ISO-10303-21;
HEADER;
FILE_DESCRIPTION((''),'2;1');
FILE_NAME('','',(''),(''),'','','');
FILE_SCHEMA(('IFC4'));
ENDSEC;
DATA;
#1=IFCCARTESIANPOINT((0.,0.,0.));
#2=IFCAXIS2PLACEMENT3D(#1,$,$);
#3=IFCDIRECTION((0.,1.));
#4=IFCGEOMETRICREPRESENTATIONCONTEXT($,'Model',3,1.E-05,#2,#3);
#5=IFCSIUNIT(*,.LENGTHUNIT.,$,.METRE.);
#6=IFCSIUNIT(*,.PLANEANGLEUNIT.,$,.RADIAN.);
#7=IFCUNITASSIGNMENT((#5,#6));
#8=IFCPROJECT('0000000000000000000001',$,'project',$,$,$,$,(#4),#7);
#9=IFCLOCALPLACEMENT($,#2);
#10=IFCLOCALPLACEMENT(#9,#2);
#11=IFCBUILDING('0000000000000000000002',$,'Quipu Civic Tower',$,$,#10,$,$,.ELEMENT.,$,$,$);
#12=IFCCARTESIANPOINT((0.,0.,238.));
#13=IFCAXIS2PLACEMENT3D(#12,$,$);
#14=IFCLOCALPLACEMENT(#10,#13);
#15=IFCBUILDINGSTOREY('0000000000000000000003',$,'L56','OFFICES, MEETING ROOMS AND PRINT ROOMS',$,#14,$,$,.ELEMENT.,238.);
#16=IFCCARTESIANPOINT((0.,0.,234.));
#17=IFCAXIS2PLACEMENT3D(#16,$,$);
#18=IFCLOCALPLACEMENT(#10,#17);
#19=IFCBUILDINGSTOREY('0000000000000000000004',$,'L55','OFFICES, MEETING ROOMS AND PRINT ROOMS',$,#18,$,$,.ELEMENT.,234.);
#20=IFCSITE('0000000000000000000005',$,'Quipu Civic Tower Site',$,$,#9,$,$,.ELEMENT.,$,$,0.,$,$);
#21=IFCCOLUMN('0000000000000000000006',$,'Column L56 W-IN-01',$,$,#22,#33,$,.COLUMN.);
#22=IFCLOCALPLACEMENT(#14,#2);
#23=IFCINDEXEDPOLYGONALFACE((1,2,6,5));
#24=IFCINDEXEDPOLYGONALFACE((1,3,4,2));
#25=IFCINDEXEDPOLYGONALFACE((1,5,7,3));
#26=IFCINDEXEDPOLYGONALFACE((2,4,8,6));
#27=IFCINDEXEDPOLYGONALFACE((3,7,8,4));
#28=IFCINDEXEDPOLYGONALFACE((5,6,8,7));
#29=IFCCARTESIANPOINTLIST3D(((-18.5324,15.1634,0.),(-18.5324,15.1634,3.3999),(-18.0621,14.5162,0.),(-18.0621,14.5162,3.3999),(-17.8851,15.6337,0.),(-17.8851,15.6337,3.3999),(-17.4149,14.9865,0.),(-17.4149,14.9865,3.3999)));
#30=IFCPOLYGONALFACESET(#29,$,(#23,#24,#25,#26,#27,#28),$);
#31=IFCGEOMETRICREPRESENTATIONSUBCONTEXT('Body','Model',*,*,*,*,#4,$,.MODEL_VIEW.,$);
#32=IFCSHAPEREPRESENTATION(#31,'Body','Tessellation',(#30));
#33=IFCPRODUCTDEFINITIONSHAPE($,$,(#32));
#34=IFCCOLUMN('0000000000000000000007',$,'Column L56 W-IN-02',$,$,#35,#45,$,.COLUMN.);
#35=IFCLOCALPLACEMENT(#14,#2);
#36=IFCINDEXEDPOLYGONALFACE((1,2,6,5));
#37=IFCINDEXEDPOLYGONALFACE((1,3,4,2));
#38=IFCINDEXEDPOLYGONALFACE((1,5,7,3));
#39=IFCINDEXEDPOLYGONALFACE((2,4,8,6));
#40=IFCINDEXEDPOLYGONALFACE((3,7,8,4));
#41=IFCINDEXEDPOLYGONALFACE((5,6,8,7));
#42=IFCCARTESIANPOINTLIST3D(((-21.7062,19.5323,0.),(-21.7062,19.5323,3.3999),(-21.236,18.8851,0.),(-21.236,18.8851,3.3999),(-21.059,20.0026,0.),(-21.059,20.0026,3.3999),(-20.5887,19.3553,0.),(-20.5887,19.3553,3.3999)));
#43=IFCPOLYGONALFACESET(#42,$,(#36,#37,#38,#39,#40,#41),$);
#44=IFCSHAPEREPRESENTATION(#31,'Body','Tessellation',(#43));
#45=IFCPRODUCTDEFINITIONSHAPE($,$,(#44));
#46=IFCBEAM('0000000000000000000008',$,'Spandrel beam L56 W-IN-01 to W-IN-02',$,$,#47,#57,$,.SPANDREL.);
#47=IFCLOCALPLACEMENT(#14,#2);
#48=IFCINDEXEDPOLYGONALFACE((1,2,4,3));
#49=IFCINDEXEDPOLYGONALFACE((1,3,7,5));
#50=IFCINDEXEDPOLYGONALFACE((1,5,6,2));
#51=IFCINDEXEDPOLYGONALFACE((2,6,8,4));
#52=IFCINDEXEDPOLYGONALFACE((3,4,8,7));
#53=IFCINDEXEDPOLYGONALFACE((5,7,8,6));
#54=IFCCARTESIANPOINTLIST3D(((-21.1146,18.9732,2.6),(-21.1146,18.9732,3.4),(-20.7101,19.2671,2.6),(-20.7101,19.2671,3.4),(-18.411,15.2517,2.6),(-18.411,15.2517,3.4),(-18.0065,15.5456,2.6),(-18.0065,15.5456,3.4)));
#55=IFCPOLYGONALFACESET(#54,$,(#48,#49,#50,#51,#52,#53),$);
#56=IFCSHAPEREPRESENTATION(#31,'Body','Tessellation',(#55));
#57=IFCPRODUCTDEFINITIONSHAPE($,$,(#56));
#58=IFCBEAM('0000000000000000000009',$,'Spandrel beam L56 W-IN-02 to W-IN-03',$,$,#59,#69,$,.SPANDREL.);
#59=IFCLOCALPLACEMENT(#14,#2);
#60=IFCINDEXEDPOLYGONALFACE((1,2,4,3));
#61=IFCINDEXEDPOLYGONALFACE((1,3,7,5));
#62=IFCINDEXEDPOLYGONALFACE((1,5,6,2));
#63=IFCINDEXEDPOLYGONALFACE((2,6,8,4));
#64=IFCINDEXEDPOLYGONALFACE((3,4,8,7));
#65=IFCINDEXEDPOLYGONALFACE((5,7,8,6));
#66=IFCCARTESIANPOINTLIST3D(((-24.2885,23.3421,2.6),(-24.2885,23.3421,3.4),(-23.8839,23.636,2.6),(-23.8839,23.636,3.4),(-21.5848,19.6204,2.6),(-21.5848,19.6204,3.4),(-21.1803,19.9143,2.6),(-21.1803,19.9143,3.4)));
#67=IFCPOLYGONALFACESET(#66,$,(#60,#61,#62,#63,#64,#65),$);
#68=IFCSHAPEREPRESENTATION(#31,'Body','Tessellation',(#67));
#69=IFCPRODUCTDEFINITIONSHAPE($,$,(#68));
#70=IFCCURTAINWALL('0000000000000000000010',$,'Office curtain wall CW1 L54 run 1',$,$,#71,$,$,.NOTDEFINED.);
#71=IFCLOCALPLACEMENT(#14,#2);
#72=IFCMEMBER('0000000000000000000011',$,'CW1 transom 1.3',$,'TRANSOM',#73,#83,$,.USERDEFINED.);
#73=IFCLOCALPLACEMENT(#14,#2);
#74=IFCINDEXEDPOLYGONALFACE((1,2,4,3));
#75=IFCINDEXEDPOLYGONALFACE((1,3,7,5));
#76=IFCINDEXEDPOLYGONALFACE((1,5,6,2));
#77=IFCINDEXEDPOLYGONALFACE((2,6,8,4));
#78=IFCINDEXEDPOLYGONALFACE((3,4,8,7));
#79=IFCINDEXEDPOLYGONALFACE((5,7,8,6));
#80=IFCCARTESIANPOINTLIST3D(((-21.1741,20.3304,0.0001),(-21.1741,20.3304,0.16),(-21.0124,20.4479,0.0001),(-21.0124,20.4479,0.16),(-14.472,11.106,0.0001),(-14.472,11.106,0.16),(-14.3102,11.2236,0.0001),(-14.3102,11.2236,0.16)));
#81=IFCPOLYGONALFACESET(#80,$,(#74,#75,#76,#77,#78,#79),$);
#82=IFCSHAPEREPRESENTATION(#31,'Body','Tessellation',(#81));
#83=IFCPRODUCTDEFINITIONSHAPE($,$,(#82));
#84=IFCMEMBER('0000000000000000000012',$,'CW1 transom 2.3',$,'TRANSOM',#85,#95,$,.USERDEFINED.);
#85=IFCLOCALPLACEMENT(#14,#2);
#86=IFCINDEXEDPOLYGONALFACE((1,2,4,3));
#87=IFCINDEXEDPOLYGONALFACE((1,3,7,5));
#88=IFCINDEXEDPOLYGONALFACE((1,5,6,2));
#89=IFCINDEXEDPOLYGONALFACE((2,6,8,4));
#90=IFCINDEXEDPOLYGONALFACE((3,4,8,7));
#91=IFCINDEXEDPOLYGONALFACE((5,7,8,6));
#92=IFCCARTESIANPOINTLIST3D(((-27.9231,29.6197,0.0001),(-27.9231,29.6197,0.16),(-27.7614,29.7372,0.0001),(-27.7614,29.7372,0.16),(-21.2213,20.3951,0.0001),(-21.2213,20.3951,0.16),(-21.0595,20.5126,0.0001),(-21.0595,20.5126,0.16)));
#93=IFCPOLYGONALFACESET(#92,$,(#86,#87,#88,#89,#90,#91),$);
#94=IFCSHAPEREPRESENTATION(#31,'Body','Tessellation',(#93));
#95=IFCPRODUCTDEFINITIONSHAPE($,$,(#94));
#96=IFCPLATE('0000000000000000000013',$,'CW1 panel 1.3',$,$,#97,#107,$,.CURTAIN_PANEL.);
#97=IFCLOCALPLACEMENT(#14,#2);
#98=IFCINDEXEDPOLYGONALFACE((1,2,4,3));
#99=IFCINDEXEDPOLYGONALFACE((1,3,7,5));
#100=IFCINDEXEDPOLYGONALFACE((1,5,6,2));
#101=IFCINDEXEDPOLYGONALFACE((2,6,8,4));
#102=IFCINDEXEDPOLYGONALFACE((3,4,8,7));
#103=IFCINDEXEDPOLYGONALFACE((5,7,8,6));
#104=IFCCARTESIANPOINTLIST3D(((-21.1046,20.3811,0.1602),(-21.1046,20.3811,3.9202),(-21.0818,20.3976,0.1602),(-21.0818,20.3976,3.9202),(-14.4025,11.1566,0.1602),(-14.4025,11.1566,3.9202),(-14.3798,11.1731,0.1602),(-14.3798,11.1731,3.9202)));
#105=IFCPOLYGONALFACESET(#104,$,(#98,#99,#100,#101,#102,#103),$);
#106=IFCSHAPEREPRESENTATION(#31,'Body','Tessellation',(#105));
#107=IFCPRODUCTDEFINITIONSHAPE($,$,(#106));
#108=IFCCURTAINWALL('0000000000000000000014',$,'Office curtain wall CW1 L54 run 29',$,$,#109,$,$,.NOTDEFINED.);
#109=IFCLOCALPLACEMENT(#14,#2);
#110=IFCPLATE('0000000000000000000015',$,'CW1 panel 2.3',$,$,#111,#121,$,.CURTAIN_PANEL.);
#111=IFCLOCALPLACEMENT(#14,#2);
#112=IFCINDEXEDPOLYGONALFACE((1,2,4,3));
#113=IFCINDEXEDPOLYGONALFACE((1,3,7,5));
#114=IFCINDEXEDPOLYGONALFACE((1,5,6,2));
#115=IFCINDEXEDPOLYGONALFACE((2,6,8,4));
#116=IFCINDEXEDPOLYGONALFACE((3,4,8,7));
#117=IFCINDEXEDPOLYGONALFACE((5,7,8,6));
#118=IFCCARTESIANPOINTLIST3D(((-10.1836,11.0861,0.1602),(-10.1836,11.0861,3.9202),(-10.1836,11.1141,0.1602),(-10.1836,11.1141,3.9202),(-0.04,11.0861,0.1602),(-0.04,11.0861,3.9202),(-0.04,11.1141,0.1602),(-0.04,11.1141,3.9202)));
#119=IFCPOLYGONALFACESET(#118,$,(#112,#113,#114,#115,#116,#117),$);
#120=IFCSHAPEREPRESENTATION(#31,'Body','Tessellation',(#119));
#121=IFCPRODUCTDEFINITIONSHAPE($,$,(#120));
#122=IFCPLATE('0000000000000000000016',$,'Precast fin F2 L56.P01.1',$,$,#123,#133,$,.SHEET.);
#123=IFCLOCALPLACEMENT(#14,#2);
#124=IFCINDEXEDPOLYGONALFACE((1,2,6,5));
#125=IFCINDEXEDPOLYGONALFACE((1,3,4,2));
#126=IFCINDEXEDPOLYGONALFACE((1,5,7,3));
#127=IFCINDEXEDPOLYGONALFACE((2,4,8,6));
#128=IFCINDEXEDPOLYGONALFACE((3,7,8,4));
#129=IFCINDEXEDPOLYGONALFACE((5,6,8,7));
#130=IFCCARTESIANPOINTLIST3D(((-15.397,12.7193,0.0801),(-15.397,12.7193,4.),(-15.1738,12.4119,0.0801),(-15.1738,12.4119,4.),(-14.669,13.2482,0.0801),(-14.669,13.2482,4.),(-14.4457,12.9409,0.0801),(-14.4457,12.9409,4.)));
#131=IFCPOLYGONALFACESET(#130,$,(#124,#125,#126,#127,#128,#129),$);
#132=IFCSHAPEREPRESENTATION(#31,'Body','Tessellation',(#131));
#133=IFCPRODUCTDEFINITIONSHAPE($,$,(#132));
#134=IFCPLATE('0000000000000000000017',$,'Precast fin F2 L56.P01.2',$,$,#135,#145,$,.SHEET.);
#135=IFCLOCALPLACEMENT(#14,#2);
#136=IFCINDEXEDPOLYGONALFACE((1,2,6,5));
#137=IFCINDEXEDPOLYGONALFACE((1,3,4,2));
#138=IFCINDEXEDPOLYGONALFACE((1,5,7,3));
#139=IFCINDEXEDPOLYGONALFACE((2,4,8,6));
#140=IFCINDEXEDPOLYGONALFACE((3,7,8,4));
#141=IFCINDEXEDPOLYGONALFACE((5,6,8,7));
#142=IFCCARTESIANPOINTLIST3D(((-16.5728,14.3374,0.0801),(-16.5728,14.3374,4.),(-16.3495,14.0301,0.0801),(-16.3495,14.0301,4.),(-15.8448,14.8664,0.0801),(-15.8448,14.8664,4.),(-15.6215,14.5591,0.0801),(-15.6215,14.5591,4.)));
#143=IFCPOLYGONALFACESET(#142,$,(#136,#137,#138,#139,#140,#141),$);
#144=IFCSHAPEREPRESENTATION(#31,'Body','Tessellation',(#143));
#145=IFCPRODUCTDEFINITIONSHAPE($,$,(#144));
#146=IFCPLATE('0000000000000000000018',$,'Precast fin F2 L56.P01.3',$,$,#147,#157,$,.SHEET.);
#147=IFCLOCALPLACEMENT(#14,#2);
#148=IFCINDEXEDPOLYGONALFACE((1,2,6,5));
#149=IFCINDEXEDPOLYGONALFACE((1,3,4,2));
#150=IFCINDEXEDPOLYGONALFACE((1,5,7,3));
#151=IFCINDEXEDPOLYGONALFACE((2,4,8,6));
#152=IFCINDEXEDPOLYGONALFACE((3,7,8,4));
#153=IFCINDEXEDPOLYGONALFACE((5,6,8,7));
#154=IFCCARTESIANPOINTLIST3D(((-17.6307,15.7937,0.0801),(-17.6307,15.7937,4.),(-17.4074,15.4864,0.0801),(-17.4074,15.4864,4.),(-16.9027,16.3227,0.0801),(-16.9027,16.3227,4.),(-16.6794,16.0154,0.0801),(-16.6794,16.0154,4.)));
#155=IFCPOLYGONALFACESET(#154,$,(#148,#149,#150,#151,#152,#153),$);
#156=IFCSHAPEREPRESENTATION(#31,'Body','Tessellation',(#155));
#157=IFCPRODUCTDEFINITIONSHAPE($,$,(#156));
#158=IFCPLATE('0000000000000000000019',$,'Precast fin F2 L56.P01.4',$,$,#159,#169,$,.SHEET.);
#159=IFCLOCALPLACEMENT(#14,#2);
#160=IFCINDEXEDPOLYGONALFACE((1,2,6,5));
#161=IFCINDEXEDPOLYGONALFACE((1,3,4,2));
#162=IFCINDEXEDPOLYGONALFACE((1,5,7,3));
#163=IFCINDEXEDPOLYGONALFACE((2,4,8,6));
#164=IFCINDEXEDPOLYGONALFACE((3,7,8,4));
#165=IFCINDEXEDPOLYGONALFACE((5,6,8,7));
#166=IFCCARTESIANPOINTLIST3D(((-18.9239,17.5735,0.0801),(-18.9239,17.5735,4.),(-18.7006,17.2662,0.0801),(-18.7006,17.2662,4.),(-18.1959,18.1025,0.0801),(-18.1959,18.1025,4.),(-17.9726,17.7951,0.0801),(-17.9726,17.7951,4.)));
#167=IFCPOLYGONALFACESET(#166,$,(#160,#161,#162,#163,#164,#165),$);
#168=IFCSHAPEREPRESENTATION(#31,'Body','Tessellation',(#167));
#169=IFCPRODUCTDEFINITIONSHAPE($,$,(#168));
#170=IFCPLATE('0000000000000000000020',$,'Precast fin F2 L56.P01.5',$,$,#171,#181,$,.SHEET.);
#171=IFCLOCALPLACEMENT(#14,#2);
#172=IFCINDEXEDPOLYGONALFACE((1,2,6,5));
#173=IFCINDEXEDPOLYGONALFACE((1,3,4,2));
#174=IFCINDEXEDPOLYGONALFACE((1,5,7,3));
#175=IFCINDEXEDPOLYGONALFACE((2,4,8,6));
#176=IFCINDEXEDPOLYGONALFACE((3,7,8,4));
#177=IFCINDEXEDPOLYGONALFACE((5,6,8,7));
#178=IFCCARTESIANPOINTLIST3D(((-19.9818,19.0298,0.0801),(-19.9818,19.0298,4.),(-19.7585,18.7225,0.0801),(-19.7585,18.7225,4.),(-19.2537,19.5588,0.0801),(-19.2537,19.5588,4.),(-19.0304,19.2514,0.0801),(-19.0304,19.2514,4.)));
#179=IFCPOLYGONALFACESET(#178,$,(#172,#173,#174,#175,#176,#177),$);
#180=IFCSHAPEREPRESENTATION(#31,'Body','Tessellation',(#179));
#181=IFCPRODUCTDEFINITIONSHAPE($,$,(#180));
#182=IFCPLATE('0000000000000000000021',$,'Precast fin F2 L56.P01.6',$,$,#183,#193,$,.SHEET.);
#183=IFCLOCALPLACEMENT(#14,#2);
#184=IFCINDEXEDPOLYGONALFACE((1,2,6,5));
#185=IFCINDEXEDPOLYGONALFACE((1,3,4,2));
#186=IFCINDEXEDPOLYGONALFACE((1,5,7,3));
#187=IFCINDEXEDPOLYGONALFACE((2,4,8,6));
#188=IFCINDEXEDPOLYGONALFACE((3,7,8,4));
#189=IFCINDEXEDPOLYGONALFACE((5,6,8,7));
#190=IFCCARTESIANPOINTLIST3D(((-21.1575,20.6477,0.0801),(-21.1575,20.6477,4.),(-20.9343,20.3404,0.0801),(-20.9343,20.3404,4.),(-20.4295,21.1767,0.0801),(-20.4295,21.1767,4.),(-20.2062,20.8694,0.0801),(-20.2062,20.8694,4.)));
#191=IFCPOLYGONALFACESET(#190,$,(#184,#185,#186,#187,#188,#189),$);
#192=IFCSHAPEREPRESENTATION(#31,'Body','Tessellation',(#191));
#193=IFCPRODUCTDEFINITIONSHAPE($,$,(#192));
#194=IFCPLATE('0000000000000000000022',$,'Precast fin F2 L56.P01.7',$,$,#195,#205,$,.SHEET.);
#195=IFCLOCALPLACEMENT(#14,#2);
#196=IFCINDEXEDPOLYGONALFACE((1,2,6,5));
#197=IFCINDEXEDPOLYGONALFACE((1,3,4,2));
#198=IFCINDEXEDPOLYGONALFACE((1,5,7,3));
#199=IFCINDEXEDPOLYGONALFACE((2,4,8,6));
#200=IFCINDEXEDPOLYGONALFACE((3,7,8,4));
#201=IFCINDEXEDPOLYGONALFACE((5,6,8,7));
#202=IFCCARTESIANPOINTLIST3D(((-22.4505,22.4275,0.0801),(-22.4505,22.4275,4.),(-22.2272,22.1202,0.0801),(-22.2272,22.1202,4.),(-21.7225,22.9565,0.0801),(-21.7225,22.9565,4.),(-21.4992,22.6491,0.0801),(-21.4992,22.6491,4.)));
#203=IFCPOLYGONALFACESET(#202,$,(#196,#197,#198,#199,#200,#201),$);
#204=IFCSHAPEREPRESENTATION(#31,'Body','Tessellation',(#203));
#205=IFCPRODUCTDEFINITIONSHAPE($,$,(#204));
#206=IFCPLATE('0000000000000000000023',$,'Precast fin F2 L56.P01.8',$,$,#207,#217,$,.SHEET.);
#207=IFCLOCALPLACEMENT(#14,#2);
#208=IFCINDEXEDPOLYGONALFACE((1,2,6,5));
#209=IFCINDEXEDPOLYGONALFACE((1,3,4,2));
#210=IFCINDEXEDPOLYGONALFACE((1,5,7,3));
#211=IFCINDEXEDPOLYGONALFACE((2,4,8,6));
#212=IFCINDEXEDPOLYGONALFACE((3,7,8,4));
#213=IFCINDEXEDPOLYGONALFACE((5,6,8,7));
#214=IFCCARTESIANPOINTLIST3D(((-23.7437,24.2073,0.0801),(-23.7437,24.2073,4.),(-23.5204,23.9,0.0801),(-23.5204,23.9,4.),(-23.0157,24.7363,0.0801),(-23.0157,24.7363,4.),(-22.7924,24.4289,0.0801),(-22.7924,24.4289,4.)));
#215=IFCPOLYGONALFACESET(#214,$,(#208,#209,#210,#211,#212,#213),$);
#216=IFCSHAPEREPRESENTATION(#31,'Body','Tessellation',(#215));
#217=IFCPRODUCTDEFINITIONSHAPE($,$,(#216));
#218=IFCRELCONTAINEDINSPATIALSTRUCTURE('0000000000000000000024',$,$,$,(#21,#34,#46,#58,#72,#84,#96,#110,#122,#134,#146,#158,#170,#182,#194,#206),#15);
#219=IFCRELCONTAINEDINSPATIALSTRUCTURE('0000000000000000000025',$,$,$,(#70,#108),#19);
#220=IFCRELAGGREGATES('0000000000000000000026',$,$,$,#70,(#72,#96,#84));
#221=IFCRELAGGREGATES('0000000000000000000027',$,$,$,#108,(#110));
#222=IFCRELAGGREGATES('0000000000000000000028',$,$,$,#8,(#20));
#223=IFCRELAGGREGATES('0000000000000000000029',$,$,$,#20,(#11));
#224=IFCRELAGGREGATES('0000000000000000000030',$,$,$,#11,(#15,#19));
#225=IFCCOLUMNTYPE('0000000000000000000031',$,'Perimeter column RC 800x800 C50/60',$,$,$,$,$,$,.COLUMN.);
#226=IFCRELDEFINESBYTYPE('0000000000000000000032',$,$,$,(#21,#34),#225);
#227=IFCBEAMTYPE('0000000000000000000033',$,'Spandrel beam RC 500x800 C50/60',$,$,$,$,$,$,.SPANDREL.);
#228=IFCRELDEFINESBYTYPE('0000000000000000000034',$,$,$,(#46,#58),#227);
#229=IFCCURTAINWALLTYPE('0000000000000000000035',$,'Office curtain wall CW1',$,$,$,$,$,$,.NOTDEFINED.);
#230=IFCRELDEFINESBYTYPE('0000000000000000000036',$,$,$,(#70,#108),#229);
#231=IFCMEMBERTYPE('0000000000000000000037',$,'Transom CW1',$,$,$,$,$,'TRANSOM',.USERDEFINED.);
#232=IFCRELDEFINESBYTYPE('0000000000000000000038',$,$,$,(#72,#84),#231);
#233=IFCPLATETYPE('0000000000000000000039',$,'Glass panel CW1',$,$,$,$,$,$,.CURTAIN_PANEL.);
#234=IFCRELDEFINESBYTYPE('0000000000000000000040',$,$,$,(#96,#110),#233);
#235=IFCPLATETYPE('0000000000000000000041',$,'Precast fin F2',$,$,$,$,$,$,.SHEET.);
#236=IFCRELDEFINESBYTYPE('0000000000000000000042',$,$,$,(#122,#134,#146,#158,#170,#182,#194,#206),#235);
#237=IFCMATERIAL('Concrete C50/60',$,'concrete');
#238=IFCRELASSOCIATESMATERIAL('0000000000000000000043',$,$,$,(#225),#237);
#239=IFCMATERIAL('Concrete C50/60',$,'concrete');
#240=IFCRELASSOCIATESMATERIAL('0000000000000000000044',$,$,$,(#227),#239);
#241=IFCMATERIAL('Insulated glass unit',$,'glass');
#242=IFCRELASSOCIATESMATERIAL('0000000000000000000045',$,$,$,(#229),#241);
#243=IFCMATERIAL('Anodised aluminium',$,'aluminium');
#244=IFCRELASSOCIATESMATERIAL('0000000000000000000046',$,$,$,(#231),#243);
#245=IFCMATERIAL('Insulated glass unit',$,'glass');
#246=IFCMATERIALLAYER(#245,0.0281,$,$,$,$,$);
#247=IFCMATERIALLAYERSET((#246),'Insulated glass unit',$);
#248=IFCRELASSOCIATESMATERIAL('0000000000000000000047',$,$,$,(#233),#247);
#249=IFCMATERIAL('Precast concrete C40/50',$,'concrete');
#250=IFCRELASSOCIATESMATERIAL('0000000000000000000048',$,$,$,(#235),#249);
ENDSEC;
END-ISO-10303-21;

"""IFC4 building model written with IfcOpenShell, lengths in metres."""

from ifc_helpers import new_model, si_unit, direction, frame, origin, origin_2d, place, context, subcontext, project, spatial, rectangle, extrude, material, layer, layer_set, material_profile, profile_set, type_object, element, aggregate, save


model = new_model("IFC4")

# Units and contexts
model_context = context("Model", 3, precision=1e-05, world=origin(), true_north=direction((0.0, 1.0)))
body_context = subcontext(model_context, "Body", "Model", "MODEL_VIEW")
ifc_project = project(units=[si_unit("LENGTHUNIT", "METRE"), si_unit("PLANEANGLEUNIT", "RADIAN")], contexts=[model_context])

# Site, building, storey
site_placement = place(None, origin())
site = spatial("IfcSite", under=ifc_project, at=site_placement, Name="Quipu Civic Tower Site", CompositionType="ELEMENT", RefElevation=0.0)
building_placement = place(site_placement, origin())
building = spatial("IfcBuilding", under=site, at=building_placement, Name="Quipu Civic Tower", CompositionType="ELEMENT")
storey_1_placement = place(building_placement, frame((0.0, 0.0, 238.0)))
storey_1 = spatial("IfcBuildingStorey", under=building, at=storey_1_placement, Name="L56", Description="OFFICES, MEETING ROOMS AND PRINT ROOMS", CompositionType="ELEMENT", Elevation=238.0)

# Columns
ifc_material_1 = material(Name="Concrete C50/60", Category="concrete")
ifc_material_profile_1 = material_profile(ifc_material_1, rectangle(XDim=0.8, YDim=0.8, at=origin_2d()), Name="RC800x800")
ifc_profile_set_1 = profile_set([ifc_material_profile_1], Name="Concrete C50/60")
column_type = type_object("IfcColumnType", Name="Perimeter column RC 800x800 C50/60", PredefinedType="COLUMN", material=ifc_profile_set_1)
for number, where, z_axis, x_axis, name in (
    (1, (-17.9736, 15.075, 0.0), (0.0, 0.0, 1.0), (-0.587785, 0.809017, 0.0), "Column L56 W-IN-01"),
    (2, (-21.1475, 19.4438, 0.0), (0.0, 0.0, 1.0), (-0.587785, 0.809017, 0.0), "Column L56 W-IN-02"),
):
    element("IfcColumn", number, at=place(storey_1_placement, frame(where, z_axis=z_axis, x_axis=x_axis)), inside=storey_1, type_object=column_type, Name=name, PredefinedType="COLUMN", context=body_context, shape_type="SweptSolid", body=[
        extrude(rectangle(XDim=0.8, YDim=0.8, at=origin_2d()), origin(), (0.0, 0.0, 1.0), 3.3999),
    ])

# Beams
ifc_material_2 = material(Name="Concrete C50/60", Category="concrete")
ifc_material_profile_2 = material_profile(ifc_material_2, rectangle(XDim=0.5, YDim=0.8, at=origin_2d()), Name="RC500x800")
ifc_profile_set_2 = profile_set([ifc_material_profile_2], Name="Concrete C50/60")
beam_type = type_object("IfcBeamType", Name="Spandrel beam RC 500x800 C50/60", PredefinedType="SPANDREL", material=ifc_profile_set_2)
beam_1_placement = place(storey_1_placement, frame((-18.2087, 15.3987, 3.0), z_axis=(-0.587761, 0.809034, 0.0), x_axis=(-0.809034, -0.587761, 0.0)))
element("IfcBeam", 3, at=beam_1_placement, inside=storey_1, type_object=beam_type, Name="Spandrel beam L56 W-IN-01 to W-IN-02", PredefinedType="SPANDREL", context=body_context, shape_type="SweptSolid", body=[
    extrude(rectangle(XDim=0.5, YDim=0.8, at=origin_2d()), origin(), (0.0, 0.0, 1.0), 4.5999),
])
beam_2_placement = place(storey_1_placement, frame((-21.3826, 19.7673, 3.0), z_axis=(-0.587736, 0.809053, 0.0), x_axis=(-0.809053, -0.587736, 0.0)))
element("IfcBeam", 4, at=beam_2_placement, inside=storey_1, type_object=beam_type, Name="Spandrel beam L56 W-IN-02 to W-IN-03", PredefinedType="SPANDREL", context=body_context, shape_type="SweptSolid", body=[
    extrude(rectangle(XDim=0.5, YDim=0.8, at=origin_2d()), origin(), (0.0, 0.0, 1.0), 4.6001),
])

# Shared definitions
storey_2_placement = place(building_placement, frame((0.0, 0.0, 234.0)))
storey_2 = spatial("IfcBuildingStorey", under=building, at=storey_2_placement, Name="L55", Description="OFFICES, MEETING ROOMS AND PRINT ROOMS", CompositionType="ELEMENT", Elevation=234.0)

# Curtain wall, members, plate
ifc_material_3 = material(Name="Insulated glass unit", Category="glass")
curtain_wall_type = type_object("IfcCurtainWallType", Name="Office curtain wall CW1", PredefinedType="NOTDEFINED", material=ifc_material_3)
curtain_wall_1_placement = place(storey_2_placement, origin())
curtain_wall_1 = element("IfcCurtainWall", 5, at=curtain_wall_1_placement, inside=storey_2, type_object=curtain_wall_type, Name="Office curtain wall CW1 L54 run 1", PredefinedType="NOTDEFINED")
ifc_material_4 = material(Name="Anodised aluminium", Category="aluminium")
ifc_material_profile_3 = material_profile(ifc_material_4, rectangle(XDim=0.2, YDim=0.1599, at=origin_2d()), Name="RECT 200x160")
ifc_profile_set_3 = profile_set([ifc_material_profile_3], Name="Anodised aluminium")
member_type = type_object("IfcMemberType", Name="Transom CW1", ElementType="TRANSOM", PredefinedType="USERDEFINED", material=ifc_profile_set_3)
member_1_placement = place(storey_1_placement, frame((-14.3911, 11.1648, 0.0801), z_axis=(-0.5878, 0.809006, 0.0), x_axis=(-0.809006, -0.5878, 0.0)))
member_1 = element("IfcMember", 6, at=member_1_placement, inside=storey_1, type_object=member_type, Name="CW1 transom 1.3", ObjectType="TRANSOM", PredefinedType="USERDEFINED", context=body_context, shape_type="SweptSolid", body=[
    extrude(rectangle(XDim=0.2, YDim=0.1599, at=origin_2d()), origin(), (0.0, 0.0, 1.0), 11.4021),
])
member_2_placement = place(storey_1_placement, frame((-21.1404, 20.4539, 0.0801), z_axis=(-0.587776, 0.809024, 0.0), x_axis=(-0.809024, -0.587776, 0.0)))
member_2 = element("IfcMember", 7, at=member_2_placement, inside=storey_1, type_object=member_type, Name="CW1 transom 2.3", ObjectType="TRANSOM", PredefinedType="USERDEFINED", context=body_context, shape_type="SweptSolid", body=[
    extrude(rectangle(XDim=0.2, YDim=0.1599, at=origin_2d()), origin(), (0.0, 0.0, 1.0), 11.4021),
])
ifc_material_5 = material(Name="Insulated glass unit", Category="glass")
ifc_layer_1 = layer(ifc_material_5, 0.0281)
ifc_layer_set_1 = layer_set([ifc_layer_1], Name="Insulated glass unit")
plate_type_1 = type_object("IfcPlateType", Name="Glass panel CW1", PredefinedType="CURTAIN_PANEL", material=ifc_layer_set_1)
plate_1_placement = place(storey_1_placement, frame((-17.7422, 15.7771, 0.1602), z_axis=(0.0, 0.0, 1.0), x_axis=(-0.587789, 0.809014, 0.0)))
plate_1 = element("IfcPlate", 8, at=plate_1_placement, inside=storey_1, type_object=plate_type_1, Name="CW1 panel 1.3", PredefinedType="CURTAIN_PANEL", context=body_context, shape_type="SweptSolid", body=[
    extrude(rectangle(XDim=11.4021, YDim=0.0281, at=origin_2d()), origin(), (0.0, 0.0, 1.0), 3.76),
])
aggregate(curtain_wall_1, [member_1, plate_1, member_2])

# Curtain wall, plate
curtain_wall_2_placement = place(storey_2_placement, origin())
curtain_wall_2 = element("IfcCurtainWall", 9, at=curtain_wall_2_placement, inside=storey_2, type_object=curtain_wall_type, Name="Office curtain wall CW1 L54 run 29", PredefinedType="NOTDEFINED")
plate_2_placement = place(storey_1_placement, frame((-5.1118, 11.1001, 0.1602), z_axis=(0.0, 0.0, 1.0), x_axis=(-1.0, 0.0, 0.0)))
plate_2 = element("IfcPlate", 10, at=plate_2_placement, inside=storey_1, type_object=plate_type_1, Name="CW1 panel 2.3", PredefinedType="CURTAIN_PANEL", context=body_context, shape_type="SweptSolid", body=[
    extrude(rectangle(XDim=10.1436, YDim=0.0281, at=origin_2d()), origin(), (0.0, 0.0, 1.0), 3.76),
])
aggregate(curtain_wall_2, [plate_2])

# Plates
ifc_material_6 = material(Name="Precast concrete C40/50", Category="concrete")
plate_type_2 = type_object("IfcPlateType", Name="Precast fin F2", PredefinedType="SHEET", material=ifc_material_6)
for number, where, z_axis, x_axis, name in (
    (11, (-14.9214, 12.8301, 0.0801), (0.0, 0.0, 1.0), (-0.587787, 0.809016, 0.0), "Precast fin F2 L56.P01.1"),
    (12, (-16.0972, 14.4482, 0.0801), (0.0, 0.0, 1.0), (-0.587787, 0.809016, 0.0), "Precast fin F2 L56.P01.2"),
    (13, (-17.155, 15.9045, 0.0801), (0.0, 0.0, 1.0), (-0.587787, 0.809016, 0.0), "Precast fin F2 L56.P01.3"),
    (14, (-18.4482, 17.6843, 0.0801), (0.0, 0.0, 1.0), (-0.587787, 0.809016, 0.0), "Precast fin F2 L56.P01.4"),
    (15, (-19.5061, 19.1406, 0.0801), (0.0, 0.0, 1.0), (-0.587787, 0.809016, 0.0), "Precast fin F2 L56.P01.5"),
    (16, (-20.6819, 20.7585, 0.0801), (0.0, 0.0, 1.0), (-0.587787, 0.809016, 0.0), "Precast fin F2 L56.P01.6"),
    (17, (-21.9749, 22.5383, 0.0801), (0.0, 0.0, 1.0), (-0.587787, 0.809016, 0.0), "Precast fin F2 L56.P01.7"),
    (18, (-23.2681, 24.3181, 0.0801), (0.0, 0.0, 1.0), (-0.587787, 0.809016, 0.0), "Precast fin F2 L56.P01.8"),
):
    element("IfcPlate", number, at=place(storey_1_placement, frame(where, z_axis=z_axis, x_axis=x_axis)), inside=storey_1, type_object=plate_type_2, Name=name, PredefinedType="SHEET", context=body_context, shape_type="SweptSolid", body=[
        extrude(rectangle(XDim=0.3799, YDim=0.8999, at=origin_2d()), origin(), (0.0, 0.0, 1.0), 3.9199),
    ])

save(model, "model.ifc")
